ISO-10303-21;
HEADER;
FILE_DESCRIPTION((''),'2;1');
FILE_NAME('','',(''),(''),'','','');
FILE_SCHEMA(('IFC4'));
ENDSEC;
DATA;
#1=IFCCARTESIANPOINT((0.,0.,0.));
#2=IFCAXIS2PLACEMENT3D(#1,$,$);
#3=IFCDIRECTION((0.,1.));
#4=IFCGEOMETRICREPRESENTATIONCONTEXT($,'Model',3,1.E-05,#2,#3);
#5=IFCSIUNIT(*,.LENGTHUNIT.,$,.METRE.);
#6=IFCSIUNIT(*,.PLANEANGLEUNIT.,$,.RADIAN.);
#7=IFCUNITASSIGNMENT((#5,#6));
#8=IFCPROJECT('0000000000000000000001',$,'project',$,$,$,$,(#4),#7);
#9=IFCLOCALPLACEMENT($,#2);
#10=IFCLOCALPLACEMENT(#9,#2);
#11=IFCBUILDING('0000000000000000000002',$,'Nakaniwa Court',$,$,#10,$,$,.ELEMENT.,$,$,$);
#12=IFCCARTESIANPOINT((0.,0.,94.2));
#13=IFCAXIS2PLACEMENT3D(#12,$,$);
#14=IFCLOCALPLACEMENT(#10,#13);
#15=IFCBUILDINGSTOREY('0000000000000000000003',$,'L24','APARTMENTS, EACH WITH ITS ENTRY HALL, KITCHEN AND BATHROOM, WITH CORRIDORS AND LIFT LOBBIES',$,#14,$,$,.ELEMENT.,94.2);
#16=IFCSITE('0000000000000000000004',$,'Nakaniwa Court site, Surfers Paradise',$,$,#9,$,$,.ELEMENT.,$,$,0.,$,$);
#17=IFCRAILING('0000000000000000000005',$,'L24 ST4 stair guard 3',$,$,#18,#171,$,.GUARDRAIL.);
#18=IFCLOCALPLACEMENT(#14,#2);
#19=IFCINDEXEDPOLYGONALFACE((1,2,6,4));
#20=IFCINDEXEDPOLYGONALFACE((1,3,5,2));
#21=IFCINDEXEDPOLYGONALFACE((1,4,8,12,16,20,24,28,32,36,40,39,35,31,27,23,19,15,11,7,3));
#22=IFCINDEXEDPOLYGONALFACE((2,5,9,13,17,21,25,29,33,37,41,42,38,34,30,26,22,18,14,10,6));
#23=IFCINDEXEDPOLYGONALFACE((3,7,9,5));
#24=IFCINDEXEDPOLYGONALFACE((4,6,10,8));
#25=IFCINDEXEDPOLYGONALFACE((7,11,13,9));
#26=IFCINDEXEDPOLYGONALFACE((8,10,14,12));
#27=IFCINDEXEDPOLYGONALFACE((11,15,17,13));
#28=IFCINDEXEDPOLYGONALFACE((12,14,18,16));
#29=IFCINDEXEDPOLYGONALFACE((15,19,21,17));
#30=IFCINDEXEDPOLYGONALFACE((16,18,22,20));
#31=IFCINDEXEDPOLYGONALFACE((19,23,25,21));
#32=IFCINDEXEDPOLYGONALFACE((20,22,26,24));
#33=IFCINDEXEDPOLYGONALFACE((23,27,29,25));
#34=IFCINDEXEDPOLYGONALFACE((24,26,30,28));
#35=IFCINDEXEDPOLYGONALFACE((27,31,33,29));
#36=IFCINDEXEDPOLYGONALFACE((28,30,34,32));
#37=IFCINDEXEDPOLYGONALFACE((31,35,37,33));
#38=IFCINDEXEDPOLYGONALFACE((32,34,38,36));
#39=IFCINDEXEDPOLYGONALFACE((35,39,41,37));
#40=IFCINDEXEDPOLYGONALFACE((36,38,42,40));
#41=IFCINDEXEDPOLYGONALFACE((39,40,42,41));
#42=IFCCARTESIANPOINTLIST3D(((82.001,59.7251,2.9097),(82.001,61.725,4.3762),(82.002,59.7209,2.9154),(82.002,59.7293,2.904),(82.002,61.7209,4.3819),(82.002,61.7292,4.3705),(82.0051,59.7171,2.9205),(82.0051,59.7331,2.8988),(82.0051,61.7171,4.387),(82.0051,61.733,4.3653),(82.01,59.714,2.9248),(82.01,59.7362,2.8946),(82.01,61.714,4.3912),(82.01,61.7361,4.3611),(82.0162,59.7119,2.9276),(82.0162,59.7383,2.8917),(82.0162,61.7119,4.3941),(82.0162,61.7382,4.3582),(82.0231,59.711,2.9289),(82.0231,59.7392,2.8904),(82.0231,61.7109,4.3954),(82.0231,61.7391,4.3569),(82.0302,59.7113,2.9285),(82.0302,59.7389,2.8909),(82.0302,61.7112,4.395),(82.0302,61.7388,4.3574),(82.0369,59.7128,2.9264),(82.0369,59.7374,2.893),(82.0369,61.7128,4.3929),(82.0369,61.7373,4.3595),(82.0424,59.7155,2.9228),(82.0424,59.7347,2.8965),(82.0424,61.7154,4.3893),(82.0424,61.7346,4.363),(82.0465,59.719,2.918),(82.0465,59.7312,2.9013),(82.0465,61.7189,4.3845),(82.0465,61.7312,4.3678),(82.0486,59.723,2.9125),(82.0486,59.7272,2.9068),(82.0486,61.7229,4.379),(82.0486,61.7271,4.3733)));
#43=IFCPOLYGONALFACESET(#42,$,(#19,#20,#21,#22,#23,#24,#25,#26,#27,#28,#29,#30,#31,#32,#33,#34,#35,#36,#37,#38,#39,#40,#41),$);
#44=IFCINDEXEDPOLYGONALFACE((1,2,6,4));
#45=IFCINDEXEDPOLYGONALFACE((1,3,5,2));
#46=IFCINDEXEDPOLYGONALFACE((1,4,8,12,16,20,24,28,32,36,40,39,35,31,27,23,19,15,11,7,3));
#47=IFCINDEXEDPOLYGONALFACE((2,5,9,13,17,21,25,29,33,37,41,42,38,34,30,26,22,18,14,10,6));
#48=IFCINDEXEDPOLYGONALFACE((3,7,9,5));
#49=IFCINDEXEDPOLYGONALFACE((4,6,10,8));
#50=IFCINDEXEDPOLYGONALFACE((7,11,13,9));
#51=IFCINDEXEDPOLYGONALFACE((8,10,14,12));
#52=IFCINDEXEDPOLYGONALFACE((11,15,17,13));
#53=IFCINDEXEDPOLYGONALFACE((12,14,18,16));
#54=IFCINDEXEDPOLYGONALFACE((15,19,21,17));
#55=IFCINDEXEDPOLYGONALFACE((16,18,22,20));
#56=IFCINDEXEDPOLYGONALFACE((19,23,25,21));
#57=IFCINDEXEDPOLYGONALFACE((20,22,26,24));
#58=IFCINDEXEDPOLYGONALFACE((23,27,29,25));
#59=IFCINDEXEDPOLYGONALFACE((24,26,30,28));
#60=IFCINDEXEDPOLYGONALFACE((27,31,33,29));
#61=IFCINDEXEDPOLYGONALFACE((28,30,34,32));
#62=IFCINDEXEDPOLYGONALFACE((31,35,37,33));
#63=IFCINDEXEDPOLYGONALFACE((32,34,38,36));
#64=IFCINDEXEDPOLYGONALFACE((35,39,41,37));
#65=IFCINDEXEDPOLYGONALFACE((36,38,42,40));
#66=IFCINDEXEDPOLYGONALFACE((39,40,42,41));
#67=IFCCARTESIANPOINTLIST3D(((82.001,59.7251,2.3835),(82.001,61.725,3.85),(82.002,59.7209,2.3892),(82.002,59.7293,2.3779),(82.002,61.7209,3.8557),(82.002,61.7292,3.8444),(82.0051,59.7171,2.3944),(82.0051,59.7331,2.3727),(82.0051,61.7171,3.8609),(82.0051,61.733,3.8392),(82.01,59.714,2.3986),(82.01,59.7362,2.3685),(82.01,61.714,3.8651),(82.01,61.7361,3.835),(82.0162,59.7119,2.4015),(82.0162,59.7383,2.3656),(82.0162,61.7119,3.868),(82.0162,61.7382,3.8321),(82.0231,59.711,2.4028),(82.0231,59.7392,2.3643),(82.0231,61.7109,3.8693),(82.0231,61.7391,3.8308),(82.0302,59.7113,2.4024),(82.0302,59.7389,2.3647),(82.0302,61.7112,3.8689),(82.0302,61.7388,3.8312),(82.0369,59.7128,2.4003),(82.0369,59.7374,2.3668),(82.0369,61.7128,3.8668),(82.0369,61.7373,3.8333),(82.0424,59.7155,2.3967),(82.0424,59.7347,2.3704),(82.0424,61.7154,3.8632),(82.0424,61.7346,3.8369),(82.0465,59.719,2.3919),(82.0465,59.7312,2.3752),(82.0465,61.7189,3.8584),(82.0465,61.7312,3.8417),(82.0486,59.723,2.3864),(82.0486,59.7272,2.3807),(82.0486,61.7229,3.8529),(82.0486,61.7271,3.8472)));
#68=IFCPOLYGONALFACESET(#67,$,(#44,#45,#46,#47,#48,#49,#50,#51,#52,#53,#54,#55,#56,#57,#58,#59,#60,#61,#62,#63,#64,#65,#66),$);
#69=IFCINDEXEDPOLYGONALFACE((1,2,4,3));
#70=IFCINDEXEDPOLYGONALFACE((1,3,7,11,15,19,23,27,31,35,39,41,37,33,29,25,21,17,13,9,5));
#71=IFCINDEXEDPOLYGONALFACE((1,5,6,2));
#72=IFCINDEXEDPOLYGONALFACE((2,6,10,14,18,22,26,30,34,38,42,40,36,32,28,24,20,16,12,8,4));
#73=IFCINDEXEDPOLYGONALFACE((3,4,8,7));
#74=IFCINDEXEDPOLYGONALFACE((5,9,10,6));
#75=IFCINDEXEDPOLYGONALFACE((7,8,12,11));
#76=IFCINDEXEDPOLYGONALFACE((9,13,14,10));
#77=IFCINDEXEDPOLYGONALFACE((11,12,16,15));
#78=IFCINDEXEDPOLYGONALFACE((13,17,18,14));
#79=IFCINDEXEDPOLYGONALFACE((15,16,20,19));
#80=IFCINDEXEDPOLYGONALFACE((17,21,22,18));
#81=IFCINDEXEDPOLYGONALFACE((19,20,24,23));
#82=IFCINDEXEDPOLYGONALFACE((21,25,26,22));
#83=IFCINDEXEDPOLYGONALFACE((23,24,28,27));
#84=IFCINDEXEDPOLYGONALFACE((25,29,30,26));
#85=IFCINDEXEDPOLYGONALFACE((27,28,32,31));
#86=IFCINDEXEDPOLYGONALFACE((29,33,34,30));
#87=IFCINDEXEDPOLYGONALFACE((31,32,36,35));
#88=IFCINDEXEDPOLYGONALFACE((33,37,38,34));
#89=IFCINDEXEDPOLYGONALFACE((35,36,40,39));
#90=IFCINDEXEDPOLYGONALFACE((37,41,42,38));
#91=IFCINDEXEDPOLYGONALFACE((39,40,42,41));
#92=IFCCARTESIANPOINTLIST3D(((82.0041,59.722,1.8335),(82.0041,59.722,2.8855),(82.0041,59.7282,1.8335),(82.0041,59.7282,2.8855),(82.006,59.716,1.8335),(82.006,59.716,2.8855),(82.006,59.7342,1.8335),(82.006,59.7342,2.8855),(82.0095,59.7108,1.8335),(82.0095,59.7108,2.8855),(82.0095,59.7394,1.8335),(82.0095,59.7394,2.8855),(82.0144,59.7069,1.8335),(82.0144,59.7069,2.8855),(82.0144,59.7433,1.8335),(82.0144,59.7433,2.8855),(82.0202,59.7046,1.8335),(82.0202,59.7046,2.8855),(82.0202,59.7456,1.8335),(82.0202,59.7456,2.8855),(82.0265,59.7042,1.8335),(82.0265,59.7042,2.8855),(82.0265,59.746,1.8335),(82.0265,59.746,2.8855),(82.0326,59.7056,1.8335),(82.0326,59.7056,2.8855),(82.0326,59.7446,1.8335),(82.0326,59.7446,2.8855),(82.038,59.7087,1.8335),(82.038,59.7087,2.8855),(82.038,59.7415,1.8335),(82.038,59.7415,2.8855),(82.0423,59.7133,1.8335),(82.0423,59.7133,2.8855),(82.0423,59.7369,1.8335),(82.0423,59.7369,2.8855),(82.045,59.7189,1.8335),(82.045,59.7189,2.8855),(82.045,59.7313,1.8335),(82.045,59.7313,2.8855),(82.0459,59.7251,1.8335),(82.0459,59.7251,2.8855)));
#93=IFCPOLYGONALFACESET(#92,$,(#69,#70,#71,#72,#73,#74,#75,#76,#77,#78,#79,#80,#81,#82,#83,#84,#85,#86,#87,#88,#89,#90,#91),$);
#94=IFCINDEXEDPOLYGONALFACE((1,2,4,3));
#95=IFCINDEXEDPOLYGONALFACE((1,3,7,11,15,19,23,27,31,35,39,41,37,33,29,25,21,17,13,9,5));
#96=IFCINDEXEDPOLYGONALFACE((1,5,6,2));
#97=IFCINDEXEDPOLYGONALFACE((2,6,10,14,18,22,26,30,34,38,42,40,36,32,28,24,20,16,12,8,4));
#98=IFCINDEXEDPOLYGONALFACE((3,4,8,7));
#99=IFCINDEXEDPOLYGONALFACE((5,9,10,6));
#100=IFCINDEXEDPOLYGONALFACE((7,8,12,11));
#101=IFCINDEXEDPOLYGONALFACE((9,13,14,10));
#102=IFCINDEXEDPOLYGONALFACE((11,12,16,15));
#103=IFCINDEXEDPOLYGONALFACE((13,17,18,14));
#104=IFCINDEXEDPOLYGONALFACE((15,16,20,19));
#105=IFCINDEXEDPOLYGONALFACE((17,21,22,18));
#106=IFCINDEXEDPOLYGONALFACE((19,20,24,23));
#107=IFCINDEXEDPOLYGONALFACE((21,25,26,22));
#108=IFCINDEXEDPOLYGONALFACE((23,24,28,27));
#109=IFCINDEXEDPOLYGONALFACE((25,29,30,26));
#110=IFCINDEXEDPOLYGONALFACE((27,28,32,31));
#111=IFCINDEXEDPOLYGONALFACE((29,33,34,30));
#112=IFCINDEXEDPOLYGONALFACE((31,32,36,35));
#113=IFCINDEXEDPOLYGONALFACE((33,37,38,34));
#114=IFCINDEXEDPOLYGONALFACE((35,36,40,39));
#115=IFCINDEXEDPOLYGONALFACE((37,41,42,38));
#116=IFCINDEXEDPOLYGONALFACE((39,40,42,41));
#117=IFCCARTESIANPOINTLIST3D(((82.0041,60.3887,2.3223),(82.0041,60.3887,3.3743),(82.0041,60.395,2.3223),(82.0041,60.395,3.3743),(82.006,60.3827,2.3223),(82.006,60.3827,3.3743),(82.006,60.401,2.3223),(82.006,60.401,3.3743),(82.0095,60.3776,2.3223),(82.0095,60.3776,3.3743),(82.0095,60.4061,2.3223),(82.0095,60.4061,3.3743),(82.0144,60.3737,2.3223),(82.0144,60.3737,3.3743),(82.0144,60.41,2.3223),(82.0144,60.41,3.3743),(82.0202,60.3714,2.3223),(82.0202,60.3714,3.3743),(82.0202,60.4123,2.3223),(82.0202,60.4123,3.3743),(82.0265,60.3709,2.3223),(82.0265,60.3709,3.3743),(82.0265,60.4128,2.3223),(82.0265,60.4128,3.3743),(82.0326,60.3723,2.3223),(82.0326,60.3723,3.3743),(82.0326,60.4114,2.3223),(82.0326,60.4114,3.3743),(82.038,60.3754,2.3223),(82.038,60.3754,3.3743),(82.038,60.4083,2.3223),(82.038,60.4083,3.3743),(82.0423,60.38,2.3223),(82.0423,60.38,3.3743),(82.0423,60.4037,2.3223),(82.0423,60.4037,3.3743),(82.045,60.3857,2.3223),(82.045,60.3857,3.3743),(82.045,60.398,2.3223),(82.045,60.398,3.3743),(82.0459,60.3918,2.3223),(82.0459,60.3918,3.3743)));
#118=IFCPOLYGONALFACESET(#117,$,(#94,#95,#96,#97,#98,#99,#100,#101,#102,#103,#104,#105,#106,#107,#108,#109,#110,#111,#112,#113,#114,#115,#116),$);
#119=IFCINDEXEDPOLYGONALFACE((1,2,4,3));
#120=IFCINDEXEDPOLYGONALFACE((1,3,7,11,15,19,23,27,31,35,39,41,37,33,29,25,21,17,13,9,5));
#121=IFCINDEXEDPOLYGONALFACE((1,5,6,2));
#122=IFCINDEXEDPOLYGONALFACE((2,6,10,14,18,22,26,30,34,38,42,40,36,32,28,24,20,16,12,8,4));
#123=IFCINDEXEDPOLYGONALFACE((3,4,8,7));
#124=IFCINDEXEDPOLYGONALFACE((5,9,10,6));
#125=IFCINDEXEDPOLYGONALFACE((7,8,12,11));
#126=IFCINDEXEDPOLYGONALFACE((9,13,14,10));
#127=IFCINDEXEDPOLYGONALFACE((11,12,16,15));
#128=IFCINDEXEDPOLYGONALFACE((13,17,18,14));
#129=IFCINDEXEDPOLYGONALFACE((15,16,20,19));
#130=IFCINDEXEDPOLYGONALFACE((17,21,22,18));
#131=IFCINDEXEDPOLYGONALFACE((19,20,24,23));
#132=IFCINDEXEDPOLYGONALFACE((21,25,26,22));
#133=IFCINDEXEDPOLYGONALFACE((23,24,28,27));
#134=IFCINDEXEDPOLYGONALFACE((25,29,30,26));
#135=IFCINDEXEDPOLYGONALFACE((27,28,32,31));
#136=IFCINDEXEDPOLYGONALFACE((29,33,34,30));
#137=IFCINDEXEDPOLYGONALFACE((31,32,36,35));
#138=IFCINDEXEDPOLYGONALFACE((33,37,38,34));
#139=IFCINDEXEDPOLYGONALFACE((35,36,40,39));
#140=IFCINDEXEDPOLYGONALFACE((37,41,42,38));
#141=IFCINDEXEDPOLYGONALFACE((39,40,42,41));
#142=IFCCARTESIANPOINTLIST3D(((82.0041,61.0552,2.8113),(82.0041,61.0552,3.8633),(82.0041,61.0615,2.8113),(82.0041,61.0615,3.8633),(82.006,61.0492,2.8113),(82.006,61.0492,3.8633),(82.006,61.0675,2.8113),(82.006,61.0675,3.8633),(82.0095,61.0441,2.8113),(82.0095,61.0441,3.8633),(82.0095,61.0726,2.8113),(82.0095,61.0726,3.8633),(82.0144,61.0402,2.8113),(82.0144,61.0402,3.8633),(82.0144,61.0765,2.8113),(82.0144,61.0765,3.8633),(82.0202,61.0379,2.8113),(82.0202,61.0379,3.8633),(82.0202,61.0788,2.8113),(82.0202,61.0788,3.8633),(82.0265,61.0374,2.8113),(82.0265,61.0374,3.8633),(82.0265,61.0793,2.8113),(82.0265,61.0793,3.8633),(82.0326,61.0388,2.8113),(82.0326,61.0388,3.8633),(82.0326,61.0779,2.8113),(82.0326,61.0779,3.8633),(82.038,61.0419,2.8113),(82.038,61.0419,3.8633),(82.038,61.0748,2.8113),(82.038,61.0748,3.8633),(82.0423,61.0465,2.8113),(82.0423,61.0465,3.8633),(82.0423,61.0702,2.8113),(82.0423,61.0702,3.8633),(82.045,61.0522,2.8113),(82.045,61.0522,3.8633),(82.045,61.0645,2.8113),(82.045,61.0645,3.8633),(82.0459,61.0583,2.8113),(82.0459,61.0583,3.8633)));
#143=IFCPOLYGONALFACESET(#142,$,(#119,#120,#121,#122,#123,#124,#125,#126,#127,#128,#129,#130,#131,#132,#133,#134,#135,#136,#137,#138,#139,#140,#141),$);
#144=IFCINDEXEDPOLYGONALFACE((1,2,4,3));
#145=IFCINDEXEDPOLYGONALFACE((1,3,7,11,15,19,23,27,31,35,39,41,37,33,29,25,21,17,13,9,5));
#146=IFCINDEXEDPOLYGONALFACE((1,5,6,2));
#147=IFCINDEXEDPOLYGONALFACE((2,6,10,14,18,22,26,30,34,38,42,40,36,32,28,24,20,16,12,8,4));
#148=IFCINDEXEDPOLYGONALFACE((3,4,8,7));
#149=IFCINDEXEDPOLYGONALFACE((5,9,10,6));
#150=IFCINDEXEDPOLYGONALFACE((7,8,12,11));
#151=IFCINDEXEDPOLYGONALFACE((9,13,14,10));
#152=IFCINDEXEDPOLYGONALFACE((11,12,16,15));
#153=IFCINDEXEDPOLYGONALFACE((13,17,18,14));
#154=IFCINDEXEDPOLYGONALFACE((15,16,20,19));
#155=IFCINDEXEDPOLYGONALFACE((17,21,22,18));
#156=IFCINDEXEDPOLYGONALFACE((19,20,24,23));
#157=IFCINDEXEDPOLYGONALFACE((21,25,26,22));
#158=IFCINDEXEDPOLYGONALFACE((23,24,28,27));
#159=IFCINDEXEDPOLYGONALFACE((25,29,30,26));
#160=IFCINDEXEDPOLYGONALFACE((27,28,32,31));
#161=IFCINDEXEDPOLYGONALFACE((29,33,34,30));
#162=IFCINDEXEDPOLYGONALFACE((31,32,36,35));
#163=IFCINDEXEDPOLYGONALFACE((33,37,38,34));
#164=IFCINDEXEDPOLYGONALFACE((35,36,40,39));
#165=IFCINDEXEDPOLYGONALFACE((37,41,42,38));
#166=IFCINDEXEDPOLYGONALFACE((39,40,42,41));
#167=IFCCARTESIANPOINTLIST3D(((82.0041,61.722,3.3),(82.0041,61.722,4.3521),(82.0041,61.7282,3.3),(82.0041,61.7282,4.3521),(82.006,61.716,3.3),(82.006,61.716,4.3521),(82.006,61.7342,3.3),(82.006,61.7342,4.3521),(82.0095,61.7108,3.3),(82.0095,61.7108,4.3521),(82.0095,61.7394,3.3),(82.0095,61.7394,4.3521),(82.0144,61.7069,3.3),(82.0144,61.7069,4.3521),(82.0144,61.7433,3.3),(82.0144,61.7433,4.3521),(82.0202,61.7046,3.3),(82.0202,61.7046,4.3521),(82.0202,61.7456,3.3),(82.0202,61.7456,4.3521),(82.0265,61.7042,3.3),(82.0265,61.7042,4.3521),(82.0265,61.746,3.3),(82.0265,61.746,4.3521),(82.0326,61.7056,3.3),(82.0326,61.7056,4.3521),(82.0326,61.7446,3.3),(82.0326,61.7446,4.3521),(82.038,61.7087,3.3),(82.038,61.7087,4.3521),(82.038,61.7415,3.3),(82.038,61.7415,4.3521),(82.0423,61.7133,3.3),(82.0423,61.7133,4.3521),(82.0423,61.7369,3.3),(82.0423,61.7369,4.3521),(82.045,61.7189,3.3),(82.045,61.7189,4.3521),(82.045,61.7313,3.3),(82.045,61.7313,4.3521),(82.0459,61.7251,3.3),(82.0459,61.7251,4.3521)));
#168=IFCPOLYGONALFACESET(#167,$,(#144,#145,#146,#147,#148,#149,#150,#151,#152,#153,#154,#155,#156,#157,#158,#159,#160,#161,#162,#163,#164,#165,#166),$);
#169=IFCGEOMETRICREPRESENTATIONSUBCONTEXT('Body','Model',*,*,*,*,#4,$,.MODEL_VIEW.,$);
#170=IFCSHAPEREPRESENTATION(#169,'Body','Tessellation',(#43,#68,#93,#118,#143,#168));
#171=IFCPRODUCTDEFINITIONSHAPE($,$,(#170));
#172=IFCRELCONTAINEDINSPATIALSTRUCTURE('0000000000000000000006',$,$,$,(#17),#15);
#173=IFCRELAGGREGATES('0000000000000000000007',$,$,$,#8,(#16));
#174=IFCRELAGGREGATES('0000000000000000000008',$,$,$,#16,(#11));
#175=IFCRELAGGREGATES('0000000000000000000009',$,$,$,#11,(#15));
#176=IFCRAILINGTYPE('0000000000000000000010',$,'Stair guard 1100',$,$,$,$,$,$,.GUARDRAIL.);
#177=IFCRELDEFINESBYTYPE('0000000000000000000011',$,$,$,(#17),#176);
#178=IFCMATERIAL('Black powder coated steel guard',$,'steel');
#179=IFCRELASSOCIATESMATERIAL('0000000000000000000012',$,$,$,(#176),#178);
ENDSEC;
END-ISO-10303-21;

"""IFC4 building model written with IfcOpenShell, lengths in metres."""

from ifc_helpers import new_model, si_unit, direction, frame, origin, origin_2d, place, context, subcontext, project, spatial, circle, extrude, material, type_object, element, save


model = new_model("IFC4")

# Units and contexts
model_context = context("Model", 3, precision=1e-05, world=origin(), true_north=direction((0.0, 1.0)))
body_context = subcontext(model_context, "Body", "Model", "MODEL_VIEW")
ifc_project = project(units=[si_unit("LENGTHUNIT", "METRE"), si_unit("PLANEANGLEUNIT", "RADIAN")], contexts=[model_context])

# Site, building, storey
site_placement = place(None, origin())
site = spatial("IfcSite", under=ifc_project, at=site_placement, Name="Nakaniwa Court site, Surfers Paradise", CompositionType="ELEMENT", RefElevation=0.0)
building_placement = place(site_placement, origin())
building = spatial("IfcBuilding", under=site, at=building_placement, Name="Nakaniwa Court", CompositionType="ELEMENT")
storey_placement = place(building_placement, frame((0.0, 0.0, 94.2)))
storey = spatial("IfcBuildingStorey", under=building, at=storey_placement, Name="L24", Description="APARTMENTS, EACH WITH ITS ENTRY HALL, KITCHEN AND BATHROOM, WITH CORRIDORS AND LIFT LOBBIES", CompositionType="ELEMENT", Elevation=94.2)

# Railing
ifc_material_1 = material(Name="Black powder coated steel guard", Category="steel")
railing_type_1 = type_object("IfcRailingType", Name="Stair guard 1100", PredefinedType="GUARDRAIL", material=ifc_material_1)
railing_1_placement = place(storey_placement, frame((82.0249, 59.7251, 1.8335)))
element("IfcRailing", 1, at=railing_1_placement, inside=storey, type_object=railing_type_1, Name="L24 ST4 stair guard 3", PredefinedType="GUARDRAIL", context=body_context, shape_type="SweptSolid", body=[
    extrude(circle(Radius=0.0239, at=origin_2d()), frame((0.0, 0.0, 1.0762), z_axis=(0.0, 0.806427, 0.591334), x_axis=(-1.0, 0.0, 0.0)), (0.0, 0.0, 1.0), 2.48),
    extrude(circle(Radius=0.0239, at=origin_2d()), frame((0.0, 0.0, 0.55), z_axis=(0.0, 0.806427, 0.591334), x_axis=(-1.0, 0.0, 0.0)), (0.0, 0.0, 1.0), 2.48),
    extrude(circle(Radius=0.021, at=origin_2d()), origin(), (0.0, 0.0, 1.0), 1.052),
    extrude(circle(Radius=0.021, at=origin_2d()), frame((0.0, 0.6667, 0.4888)), (0.0, 0.0, 1.0), 1.052),
    extrude(circle(Radius=0.021, at=origin_2d()), frame((0.0, 1.3333, 0.9778)), (0.0, 0.0, 1.0), 1.052),
    extrude(circle(Radius=0.021, at=origin_2d()), frame((0.0, 2.0, 1.4666)), (0.0, 0.0, 1.0), 1.052),
])

save(model, "model.ifc")
